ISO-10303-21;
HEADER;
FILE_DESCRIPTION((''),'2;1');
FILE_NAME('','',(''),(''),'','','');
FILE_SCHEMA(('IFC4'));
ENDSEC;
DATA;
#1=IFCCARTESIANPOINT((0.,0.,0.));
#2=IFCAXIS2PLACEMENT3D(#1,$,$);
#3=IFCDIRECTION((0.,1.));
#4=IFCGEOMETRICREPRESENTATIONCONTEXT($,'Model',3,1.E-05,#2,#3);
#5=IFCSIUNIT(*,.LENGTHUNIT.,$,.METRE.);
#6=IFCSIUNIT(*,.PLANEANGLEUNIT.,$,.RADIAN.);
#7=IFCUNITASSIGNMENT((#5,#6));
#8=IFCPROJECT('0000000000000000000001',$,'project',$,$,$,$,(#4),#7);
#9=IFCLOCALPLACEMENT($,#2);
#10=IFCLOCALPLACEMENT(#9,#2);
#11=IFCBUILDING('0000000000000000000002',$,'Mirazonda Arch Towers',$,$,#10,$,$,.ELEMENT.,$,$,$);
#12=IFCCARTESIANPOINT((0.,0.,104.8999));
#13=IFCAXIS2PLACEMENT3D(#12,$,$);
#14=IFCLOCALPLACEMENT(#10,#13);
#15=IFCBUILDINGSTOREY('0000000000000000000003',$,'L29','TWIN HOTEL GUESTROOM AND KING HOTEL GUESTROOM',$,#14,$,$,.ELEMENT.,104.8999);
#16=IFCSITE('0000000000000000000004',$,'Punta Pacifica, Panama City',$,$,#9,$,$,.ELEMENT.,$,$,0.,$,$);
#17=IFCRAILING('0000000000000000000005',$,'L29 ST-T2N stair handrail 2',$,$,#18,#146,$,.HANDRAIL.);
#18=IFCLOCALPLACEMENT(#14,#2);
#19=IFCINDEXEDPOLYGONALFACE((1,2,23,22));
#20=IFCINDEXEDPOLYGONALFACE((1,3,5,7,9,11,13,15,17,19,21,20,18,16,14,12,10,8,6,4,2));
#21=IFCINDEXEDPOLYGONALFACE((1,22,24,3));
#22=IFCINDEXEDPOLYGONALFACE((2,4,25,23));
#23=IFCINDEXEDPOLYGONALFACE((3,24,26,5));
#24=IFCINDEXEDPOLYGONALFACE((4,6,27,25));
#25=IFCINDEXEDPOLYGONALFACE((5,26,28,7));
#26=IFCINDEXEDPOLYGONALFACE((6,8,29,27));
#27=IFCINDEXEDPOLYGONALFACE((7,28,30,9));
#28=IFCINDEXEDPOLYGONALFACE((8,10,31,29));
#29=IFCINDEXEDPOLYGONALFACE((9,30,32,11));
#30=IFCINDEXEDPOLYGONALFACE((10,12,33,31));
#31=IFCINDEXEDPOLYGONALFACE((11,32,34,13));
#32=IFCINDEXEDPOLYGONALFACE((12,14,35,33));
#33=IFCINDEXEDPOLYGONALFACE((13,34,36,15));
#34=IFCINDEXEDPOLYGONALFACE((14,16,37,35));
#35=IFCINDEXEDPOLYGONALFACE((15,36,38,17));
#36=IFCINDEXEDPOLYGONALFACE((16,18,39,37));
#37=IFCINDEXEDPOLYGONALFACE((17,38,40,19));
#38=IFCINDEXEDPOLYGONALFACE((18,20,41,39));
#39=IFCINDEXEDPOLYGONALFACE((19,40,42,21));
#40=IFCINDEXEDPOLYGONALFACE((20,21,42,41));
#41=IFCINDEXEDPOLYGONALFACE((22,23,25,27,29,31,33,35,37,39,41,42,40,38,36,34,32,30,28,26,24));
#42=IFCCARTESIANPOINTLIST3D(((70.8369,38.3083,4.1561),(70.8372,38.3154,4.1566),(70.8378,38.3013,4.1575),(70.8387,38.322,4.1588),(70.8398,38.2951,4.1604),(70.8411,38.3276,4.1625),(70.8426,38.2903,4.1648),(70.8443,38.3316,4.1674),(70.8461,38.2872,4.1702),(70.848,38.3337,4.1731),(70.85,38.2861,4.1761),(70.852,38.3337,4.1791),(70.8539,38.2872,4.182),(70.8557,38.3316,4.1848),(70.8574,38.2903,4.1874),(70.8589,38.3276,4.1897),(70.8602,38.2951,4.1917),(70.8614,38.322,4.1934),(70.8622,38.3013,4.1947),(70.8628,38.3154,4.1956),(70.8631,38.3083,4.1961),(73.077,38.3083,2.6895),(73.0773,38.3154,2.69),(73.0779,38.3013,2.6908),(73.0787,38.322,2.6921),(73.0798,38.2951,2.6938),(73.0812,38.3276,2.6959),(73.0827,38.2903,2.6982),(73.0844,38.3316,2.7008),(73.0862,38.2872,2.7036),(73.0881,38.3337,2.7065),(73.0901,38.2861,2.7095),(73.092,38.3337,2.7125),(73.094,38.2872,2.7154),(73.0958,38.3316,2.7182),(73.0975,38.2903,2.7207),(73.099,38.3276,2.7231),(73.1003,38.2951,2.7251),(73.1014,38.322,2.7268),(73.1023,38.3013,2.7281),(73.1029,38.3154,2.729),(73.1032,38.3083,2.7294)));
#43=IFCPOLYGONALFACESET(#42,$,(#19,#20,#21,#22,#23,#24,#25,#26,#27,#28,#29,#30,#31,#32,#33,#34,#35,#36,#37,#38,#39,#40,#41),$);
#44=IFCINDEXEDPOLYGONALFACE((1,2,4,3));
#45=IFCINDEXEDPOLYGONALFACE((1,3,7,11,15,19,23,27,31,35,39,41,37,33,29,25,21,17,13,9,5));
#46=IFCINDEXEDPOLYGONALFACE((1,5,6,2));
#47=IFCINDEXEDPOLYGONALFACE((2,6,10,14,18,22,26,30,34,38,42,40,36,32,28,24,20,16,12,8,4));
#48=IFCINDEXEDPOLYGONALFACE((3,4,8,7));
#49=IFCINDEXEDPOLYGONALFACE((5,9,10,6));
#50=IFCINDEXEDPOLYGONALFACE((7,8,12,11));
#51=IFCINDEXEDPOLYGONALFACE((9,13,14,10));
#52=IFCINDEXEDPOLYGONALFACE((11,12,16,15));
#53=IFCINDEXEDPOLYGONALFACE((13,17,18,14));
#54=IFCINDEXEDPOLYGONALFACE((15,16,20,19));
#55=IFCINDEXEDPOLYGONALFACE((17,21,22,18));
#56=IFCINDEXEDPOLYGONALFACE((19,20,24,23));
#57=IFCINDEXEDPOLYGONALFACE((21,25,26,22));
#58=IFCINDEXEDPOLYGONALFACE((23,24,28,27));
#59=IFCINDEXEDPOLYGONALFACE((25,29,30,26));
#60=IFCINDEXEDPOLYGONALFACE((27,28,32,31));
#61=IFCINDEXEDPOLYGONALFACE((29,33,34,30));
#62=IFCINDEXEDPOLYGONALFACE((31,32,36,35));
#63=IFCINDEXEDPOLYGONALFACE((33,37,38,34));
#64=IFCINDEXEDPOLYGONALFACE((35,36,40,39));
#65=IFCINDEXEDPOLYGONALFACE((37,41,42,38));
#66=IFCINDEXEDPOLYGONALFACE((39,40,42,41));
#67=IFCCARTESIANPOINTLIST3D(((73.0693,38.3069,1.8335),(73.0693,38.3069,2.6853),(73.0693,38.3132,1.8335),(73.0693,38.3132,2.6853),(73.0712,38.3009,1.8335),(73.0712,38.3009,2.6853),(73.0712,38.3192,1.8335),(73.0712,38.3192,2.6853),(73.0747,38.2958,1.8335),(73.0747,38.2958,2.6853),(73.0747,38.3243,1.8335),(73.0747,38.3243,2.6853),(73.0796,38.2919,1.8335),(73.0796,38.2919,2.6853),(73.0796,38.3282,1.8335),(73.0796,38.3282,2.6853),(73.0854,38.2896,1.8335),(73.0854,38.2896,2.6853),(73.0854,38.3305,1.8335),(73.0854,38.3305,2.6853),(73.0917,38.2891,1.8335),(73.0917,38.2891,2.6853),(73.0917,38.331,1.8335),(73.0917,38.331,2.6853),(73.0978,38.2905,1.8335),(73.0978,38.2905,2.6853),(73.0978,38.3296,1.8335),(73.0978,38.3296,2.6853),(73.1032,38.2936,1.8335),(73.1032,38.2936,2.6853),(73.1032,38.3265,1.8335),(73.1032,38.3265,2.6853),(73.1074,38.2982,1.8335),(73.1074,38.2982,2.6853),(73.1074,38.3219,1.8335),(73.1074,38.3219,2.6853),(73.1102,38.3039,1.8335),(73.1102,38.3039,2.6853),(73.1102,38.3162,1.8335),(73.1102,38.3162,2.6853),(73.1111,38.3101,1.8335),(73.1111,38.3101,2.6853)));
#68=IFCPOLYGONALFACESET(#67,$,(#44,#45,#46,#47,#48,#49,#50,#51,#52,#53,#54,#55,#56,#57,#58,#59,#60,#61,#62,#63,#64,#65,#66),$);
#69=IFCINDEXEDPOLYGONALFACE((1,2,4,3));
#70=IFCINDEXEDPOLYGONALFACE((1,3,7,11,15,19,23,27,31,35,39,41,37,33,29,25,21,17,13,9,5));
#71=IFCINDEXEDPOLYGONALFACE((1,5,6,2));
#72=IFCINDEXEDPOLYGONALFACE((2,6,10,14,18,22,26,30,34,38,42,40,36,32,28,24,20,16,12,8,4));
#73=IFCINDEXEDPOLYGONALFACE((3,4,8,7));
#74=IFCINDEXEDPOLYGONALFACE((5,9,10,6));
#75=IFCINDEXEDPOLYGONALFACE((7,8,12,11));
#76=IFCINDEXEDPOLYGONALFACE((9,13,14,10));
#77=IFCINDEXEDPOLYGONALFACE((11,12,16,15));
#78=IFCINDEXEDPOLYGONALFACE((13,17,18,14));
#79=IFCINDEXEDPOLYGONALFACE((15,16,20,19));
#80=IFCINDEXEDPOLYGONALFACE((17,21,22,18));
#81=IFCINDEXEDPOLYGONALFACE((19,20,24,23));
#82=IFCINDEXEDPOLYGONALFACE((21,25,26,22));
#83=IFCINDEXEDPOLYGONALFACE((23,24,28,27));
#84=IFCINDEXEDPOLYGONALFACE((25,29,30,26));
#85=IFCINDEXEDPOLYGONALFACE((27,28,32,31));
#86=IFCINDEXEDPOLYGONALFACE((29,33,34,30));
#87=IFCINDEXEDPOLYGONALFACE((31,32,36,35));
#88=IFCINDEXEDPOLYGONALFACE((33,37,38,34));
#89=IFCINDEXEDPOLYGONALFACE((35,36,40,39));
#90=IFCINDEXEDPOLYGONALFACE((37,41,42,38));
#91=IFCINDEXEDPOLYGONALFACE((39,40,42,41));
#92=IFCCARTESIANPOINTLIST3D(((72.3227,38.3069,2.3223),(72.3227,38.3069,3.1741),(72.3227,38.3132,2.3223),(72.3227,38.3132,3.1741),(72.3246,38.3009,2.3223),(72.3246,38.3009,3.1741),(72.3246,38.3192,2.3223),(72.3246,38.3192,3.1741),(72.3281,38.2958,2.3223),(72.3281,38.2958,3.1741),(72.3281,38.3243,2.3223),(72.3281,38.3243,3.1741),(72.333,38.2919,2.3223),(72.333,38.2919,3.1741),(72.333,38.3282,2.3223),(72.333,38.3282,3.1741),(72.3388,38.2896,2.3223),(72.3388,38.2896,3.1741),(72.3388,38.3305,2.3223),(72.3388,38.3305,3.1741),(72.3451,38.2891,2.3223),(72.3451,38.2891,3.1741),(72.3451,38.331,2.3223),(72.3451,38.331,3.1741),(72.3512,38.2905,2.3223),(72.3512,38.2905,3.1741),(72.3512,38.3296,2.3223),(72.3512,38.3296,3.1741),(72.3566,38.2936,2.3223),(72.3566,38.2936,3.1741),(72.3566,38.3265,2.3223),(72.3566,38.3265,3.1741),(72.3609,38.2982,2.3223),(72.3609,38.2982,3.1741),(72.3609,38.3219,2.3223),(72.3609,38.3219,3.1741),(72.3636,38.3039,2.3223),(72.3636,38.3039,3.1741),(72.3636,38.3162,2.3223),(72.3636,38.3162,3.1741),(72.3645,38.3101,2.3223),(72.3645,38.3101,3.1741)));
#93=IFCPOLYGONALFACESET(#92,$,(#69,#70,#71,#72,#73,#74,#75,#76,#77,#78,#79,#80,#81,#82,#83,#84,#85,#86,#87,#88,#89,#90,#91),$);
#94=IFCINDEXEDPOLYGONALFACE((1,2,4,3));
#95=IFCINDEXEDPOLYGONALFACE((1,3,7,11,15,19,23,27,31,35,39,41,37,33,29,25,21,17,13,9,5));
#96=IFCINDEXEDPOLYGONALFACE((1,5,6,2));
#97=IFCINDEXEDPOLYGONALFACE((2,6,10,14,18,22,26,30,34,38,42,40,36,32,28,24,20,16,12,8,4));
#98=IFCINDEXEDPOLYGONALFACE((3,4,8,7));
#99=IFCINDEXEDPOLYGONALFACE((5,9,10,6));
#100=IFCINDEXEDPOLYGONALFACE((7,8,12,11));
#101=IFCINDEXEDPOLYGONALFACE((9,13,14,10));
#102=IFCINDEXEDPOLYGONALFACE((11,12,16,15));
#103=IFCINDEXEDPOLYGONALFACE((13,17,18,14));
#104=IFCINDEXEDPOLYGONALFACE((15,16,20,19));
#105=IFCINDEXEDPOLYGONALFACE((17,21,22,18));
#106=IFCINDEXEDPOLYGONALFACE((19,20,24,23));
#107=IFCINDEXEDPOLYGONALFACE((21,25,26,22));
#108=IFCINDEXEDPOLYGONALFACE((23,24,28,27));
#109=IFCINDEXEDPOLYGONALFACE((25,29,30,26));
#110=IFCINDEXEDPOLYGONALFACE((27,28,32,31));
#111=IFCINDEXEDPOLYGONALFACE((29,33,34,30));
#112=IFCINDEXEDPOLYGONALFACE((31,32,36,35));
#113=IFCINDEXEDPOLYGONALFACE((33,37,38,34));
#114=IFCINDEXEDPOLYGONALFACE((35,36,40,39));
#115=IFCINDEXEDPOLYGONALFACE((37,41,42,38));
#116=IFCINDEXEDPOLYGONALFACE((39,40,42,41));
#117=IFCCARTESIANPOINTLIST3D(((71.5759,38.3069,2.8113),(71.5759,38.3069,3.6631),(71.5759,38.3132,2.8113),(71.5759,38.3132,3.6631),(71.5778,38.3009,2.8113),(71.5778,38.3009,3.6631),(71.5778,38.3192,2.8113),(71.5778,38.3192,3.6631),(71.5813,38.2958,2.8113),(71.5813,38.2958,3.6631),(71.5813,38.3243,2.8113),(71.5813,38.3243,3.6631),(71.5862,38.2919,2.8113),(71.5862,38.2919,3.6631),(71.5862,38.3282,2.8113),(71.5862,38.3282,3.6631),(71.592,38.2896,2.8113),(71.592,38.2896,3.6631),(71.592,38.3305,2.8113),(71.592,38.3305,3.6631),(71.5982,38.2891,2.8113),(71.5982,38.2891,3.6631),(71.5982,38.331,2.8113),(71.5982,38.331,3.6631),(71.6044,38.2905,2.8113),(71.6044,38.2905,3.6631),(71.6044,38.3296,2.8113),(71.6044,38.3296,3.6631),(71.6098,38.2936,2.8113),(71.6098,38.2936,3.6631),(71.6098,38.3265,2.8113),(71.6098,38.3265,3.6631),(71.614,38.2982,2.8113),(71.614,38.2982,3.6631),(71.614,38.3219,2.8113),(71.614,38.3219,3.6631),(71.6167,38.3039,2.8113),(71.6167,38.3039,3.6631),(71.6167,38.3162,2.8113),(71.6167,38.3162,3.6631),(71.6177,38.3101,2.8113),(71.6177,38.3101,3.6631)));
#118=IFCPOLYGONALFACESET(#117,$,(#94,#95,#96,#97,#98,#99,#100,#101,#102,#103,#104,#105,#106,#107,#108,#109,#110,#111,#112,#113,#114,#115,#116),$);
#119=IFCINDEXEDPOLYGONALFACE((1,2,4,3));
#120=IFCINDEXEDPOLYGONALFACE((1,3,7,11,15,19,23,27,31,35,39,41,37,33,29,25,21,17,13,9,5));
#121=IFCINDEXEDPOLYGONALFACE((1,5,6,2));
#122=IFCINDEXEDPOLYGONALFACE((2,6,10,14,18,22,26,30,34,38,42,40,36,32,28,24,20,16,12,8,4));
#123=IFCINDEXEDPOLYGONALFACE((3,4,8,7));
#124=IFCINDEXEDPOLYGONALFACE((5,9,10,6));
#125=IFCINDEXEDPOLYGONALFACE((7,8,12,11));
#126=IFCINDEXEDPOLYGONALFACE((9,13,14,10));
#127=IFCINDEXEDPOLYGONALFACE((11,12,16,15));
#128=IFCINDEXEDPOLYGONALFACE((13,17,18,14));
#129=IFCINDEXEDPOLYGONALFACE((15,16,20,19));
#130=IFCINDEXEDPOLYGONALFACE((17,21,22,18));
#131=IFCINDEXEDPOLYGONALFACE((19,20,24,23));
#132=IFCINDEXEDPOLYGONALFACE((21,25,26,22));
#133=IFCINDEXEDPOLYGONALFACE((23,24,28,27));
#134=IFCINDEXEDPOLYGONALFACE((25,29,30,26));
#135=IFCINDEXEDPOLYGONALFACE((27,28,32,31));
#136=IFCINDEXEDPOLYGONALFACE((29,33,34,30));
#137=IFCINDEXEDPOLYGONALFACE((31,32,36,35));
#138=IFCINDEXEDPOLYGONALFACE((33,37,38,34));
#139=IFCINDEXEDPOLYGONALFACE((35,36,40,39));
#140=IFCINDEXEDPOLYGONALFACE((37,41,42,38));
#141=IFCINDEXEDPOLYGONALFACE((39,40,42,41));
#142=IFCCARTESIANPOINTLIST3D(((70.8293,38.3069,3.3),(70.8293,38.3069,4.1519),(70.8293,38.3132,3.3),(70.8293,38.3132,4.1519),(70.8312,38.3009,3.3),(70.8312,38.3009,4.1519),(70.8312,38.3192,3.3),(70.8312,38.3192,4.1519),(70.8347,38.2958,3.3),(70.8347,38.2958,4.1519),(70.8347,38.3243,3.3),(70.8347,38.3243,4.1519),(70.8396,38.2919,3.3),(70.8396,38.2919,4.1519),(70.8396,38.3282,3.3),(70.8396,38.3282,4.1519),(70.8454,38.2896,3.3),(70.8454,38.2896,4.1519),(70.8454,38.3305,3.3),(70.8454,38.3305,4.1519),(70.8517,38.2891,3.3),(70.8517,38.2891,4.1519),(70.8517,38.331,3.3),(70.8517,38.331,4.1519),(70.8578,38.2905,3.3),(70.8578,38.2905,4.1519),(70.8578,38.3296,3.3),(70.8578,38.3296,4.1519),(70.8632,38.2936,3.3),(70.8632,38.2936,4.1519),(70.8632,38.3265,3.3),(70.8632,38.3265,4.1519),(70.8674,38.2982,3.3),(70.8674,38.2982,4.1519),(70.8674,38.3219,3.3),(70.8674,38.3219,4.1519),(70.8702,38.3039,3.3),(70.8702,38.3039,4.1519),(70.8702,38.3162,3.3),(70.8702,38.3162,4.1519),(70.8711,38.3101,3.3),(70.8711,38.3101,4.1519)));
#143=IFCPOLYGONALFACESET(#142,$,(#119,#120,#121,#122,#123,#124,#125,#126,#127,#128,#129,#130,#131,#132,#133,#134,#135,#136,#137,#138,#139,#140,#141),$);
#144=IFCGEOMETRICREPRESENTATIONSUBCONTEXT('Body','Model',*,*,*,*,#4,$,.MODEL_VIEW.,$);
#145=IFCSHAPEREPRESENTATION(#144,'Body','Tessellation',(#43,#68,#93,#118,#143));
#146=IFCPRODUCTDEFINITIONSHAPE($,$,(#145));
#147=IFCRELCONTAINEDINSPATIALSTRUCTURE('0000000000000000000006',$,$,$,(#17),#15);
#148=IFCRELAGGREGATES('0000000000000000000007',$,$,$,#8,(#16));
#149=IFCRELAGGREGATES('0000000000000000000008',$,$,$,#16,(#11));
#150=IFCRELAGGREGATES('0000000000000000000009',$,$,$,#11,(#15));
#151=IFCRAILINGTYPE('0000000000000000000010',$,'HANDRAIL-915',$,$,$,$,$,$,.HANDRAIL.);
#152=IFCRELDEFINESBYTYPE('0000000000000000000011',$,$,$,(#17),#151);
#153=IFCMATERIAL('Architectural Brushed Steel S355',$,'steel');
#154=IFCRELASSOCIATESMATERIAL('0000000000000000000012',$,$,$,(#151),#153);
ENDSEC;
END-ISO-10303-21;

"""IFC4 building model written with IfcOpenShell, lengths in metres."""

from ifc_helpers import new_model, si_unit, direction, frame, origin, origin_2d, place, context, subcontext, project, spatial, circle, extrude, material, type_object, element, save


model = new_model("IFC4")

# Units and contexts
model_context = context("Model", 3, precision=1e-05, world=origin(), true_north=direction((0.0, 1.0)))
body_context = subcontext(model_context, "Body", "Model", "MODEL_VIEW")
ifc_project = project(units=[si_unit("LENGTHUNIT", "METRE"), si_unit("PLANEANGLEUNIT", "RADIAN")], contexts=[model_context])

# Site, building, storey
site_placement = place(None, origin())
site = spatial("IfcSite", under=ifc_project, at=site_placement, Name="Punta Pacifica, Panama City", CompositionType="ELEMENT", RefElevation=0.0)
building_placement = place(site_placement, origin())
building = spatial("IfcBuilding", under=site, at=building_placement, Name="Mirazonda Arch Towers", CompositionType="ELEMENT")
storey_placement = place(building_placement, frame((0.0, 0.0, 104.8999)))
storey = spatial("IfcBuildingStorey", under=building, at=storey_placement, Name="L29", Description="TWIN HOTEL GUESTROOM AND KING HOTEL GUESTROOM", CompositionType="ELEMENT", Elevation=104.8999)

# Shared definitions
ifc_material_1 = material(Name="Architectural Brushed Steel S355", Category="steel")

# Railing
railing_type_1 = type_object("IfcRailingType", Name="HANDRAIL-915", PredefinedType="HANDRAIL", material=ifc_material_1)
railing_1_placement = place(storey_placement, frame((73.0901, 38.3101, 1.8335)))
element("IfcRailing", 1, at=railing_1_placement, inside=storey, type_object=railing_type_1, Name="L29 ST-T2N stair handrail 2", PredefinedType="HANDRAIL", context=body_context, shape_type="SweptSolid", body=[
    extrude(circle(Radius=0.0239, at=origin_2d()), frame((0.0, 0.0, 0.876), z_axis=(-0.836637, 0.0, 0.547758), x_axis=(0.0, -1.0, 0.0)), (0.0, 0.0, 1.0), 2.6775),
    extrude(circle(Radius=0.021, at=origin_2d()), origin(), (0.0, 0.0, 1.0), 0.8518),
    extrude(circle(Radius=0.021, at=origin_2d()), frame((-0.7466, 0.0, 0.4888)), (0.0, 0.0, 1.0), 0.8518),
    extrude(circle(Radius=0.021, at=origin_2d()), frame((-1.4934, 0.0, 0.9778)), (0.0, 0.0, 1.0), 0.8518),
    extrude(circle(Radius=0.021, at=origin_2d()), frame((-2.24, 0.0, 1.4666)), (0.0, 0.0, 1.0), 0.8518),
])

save(model, "model.ifc")
